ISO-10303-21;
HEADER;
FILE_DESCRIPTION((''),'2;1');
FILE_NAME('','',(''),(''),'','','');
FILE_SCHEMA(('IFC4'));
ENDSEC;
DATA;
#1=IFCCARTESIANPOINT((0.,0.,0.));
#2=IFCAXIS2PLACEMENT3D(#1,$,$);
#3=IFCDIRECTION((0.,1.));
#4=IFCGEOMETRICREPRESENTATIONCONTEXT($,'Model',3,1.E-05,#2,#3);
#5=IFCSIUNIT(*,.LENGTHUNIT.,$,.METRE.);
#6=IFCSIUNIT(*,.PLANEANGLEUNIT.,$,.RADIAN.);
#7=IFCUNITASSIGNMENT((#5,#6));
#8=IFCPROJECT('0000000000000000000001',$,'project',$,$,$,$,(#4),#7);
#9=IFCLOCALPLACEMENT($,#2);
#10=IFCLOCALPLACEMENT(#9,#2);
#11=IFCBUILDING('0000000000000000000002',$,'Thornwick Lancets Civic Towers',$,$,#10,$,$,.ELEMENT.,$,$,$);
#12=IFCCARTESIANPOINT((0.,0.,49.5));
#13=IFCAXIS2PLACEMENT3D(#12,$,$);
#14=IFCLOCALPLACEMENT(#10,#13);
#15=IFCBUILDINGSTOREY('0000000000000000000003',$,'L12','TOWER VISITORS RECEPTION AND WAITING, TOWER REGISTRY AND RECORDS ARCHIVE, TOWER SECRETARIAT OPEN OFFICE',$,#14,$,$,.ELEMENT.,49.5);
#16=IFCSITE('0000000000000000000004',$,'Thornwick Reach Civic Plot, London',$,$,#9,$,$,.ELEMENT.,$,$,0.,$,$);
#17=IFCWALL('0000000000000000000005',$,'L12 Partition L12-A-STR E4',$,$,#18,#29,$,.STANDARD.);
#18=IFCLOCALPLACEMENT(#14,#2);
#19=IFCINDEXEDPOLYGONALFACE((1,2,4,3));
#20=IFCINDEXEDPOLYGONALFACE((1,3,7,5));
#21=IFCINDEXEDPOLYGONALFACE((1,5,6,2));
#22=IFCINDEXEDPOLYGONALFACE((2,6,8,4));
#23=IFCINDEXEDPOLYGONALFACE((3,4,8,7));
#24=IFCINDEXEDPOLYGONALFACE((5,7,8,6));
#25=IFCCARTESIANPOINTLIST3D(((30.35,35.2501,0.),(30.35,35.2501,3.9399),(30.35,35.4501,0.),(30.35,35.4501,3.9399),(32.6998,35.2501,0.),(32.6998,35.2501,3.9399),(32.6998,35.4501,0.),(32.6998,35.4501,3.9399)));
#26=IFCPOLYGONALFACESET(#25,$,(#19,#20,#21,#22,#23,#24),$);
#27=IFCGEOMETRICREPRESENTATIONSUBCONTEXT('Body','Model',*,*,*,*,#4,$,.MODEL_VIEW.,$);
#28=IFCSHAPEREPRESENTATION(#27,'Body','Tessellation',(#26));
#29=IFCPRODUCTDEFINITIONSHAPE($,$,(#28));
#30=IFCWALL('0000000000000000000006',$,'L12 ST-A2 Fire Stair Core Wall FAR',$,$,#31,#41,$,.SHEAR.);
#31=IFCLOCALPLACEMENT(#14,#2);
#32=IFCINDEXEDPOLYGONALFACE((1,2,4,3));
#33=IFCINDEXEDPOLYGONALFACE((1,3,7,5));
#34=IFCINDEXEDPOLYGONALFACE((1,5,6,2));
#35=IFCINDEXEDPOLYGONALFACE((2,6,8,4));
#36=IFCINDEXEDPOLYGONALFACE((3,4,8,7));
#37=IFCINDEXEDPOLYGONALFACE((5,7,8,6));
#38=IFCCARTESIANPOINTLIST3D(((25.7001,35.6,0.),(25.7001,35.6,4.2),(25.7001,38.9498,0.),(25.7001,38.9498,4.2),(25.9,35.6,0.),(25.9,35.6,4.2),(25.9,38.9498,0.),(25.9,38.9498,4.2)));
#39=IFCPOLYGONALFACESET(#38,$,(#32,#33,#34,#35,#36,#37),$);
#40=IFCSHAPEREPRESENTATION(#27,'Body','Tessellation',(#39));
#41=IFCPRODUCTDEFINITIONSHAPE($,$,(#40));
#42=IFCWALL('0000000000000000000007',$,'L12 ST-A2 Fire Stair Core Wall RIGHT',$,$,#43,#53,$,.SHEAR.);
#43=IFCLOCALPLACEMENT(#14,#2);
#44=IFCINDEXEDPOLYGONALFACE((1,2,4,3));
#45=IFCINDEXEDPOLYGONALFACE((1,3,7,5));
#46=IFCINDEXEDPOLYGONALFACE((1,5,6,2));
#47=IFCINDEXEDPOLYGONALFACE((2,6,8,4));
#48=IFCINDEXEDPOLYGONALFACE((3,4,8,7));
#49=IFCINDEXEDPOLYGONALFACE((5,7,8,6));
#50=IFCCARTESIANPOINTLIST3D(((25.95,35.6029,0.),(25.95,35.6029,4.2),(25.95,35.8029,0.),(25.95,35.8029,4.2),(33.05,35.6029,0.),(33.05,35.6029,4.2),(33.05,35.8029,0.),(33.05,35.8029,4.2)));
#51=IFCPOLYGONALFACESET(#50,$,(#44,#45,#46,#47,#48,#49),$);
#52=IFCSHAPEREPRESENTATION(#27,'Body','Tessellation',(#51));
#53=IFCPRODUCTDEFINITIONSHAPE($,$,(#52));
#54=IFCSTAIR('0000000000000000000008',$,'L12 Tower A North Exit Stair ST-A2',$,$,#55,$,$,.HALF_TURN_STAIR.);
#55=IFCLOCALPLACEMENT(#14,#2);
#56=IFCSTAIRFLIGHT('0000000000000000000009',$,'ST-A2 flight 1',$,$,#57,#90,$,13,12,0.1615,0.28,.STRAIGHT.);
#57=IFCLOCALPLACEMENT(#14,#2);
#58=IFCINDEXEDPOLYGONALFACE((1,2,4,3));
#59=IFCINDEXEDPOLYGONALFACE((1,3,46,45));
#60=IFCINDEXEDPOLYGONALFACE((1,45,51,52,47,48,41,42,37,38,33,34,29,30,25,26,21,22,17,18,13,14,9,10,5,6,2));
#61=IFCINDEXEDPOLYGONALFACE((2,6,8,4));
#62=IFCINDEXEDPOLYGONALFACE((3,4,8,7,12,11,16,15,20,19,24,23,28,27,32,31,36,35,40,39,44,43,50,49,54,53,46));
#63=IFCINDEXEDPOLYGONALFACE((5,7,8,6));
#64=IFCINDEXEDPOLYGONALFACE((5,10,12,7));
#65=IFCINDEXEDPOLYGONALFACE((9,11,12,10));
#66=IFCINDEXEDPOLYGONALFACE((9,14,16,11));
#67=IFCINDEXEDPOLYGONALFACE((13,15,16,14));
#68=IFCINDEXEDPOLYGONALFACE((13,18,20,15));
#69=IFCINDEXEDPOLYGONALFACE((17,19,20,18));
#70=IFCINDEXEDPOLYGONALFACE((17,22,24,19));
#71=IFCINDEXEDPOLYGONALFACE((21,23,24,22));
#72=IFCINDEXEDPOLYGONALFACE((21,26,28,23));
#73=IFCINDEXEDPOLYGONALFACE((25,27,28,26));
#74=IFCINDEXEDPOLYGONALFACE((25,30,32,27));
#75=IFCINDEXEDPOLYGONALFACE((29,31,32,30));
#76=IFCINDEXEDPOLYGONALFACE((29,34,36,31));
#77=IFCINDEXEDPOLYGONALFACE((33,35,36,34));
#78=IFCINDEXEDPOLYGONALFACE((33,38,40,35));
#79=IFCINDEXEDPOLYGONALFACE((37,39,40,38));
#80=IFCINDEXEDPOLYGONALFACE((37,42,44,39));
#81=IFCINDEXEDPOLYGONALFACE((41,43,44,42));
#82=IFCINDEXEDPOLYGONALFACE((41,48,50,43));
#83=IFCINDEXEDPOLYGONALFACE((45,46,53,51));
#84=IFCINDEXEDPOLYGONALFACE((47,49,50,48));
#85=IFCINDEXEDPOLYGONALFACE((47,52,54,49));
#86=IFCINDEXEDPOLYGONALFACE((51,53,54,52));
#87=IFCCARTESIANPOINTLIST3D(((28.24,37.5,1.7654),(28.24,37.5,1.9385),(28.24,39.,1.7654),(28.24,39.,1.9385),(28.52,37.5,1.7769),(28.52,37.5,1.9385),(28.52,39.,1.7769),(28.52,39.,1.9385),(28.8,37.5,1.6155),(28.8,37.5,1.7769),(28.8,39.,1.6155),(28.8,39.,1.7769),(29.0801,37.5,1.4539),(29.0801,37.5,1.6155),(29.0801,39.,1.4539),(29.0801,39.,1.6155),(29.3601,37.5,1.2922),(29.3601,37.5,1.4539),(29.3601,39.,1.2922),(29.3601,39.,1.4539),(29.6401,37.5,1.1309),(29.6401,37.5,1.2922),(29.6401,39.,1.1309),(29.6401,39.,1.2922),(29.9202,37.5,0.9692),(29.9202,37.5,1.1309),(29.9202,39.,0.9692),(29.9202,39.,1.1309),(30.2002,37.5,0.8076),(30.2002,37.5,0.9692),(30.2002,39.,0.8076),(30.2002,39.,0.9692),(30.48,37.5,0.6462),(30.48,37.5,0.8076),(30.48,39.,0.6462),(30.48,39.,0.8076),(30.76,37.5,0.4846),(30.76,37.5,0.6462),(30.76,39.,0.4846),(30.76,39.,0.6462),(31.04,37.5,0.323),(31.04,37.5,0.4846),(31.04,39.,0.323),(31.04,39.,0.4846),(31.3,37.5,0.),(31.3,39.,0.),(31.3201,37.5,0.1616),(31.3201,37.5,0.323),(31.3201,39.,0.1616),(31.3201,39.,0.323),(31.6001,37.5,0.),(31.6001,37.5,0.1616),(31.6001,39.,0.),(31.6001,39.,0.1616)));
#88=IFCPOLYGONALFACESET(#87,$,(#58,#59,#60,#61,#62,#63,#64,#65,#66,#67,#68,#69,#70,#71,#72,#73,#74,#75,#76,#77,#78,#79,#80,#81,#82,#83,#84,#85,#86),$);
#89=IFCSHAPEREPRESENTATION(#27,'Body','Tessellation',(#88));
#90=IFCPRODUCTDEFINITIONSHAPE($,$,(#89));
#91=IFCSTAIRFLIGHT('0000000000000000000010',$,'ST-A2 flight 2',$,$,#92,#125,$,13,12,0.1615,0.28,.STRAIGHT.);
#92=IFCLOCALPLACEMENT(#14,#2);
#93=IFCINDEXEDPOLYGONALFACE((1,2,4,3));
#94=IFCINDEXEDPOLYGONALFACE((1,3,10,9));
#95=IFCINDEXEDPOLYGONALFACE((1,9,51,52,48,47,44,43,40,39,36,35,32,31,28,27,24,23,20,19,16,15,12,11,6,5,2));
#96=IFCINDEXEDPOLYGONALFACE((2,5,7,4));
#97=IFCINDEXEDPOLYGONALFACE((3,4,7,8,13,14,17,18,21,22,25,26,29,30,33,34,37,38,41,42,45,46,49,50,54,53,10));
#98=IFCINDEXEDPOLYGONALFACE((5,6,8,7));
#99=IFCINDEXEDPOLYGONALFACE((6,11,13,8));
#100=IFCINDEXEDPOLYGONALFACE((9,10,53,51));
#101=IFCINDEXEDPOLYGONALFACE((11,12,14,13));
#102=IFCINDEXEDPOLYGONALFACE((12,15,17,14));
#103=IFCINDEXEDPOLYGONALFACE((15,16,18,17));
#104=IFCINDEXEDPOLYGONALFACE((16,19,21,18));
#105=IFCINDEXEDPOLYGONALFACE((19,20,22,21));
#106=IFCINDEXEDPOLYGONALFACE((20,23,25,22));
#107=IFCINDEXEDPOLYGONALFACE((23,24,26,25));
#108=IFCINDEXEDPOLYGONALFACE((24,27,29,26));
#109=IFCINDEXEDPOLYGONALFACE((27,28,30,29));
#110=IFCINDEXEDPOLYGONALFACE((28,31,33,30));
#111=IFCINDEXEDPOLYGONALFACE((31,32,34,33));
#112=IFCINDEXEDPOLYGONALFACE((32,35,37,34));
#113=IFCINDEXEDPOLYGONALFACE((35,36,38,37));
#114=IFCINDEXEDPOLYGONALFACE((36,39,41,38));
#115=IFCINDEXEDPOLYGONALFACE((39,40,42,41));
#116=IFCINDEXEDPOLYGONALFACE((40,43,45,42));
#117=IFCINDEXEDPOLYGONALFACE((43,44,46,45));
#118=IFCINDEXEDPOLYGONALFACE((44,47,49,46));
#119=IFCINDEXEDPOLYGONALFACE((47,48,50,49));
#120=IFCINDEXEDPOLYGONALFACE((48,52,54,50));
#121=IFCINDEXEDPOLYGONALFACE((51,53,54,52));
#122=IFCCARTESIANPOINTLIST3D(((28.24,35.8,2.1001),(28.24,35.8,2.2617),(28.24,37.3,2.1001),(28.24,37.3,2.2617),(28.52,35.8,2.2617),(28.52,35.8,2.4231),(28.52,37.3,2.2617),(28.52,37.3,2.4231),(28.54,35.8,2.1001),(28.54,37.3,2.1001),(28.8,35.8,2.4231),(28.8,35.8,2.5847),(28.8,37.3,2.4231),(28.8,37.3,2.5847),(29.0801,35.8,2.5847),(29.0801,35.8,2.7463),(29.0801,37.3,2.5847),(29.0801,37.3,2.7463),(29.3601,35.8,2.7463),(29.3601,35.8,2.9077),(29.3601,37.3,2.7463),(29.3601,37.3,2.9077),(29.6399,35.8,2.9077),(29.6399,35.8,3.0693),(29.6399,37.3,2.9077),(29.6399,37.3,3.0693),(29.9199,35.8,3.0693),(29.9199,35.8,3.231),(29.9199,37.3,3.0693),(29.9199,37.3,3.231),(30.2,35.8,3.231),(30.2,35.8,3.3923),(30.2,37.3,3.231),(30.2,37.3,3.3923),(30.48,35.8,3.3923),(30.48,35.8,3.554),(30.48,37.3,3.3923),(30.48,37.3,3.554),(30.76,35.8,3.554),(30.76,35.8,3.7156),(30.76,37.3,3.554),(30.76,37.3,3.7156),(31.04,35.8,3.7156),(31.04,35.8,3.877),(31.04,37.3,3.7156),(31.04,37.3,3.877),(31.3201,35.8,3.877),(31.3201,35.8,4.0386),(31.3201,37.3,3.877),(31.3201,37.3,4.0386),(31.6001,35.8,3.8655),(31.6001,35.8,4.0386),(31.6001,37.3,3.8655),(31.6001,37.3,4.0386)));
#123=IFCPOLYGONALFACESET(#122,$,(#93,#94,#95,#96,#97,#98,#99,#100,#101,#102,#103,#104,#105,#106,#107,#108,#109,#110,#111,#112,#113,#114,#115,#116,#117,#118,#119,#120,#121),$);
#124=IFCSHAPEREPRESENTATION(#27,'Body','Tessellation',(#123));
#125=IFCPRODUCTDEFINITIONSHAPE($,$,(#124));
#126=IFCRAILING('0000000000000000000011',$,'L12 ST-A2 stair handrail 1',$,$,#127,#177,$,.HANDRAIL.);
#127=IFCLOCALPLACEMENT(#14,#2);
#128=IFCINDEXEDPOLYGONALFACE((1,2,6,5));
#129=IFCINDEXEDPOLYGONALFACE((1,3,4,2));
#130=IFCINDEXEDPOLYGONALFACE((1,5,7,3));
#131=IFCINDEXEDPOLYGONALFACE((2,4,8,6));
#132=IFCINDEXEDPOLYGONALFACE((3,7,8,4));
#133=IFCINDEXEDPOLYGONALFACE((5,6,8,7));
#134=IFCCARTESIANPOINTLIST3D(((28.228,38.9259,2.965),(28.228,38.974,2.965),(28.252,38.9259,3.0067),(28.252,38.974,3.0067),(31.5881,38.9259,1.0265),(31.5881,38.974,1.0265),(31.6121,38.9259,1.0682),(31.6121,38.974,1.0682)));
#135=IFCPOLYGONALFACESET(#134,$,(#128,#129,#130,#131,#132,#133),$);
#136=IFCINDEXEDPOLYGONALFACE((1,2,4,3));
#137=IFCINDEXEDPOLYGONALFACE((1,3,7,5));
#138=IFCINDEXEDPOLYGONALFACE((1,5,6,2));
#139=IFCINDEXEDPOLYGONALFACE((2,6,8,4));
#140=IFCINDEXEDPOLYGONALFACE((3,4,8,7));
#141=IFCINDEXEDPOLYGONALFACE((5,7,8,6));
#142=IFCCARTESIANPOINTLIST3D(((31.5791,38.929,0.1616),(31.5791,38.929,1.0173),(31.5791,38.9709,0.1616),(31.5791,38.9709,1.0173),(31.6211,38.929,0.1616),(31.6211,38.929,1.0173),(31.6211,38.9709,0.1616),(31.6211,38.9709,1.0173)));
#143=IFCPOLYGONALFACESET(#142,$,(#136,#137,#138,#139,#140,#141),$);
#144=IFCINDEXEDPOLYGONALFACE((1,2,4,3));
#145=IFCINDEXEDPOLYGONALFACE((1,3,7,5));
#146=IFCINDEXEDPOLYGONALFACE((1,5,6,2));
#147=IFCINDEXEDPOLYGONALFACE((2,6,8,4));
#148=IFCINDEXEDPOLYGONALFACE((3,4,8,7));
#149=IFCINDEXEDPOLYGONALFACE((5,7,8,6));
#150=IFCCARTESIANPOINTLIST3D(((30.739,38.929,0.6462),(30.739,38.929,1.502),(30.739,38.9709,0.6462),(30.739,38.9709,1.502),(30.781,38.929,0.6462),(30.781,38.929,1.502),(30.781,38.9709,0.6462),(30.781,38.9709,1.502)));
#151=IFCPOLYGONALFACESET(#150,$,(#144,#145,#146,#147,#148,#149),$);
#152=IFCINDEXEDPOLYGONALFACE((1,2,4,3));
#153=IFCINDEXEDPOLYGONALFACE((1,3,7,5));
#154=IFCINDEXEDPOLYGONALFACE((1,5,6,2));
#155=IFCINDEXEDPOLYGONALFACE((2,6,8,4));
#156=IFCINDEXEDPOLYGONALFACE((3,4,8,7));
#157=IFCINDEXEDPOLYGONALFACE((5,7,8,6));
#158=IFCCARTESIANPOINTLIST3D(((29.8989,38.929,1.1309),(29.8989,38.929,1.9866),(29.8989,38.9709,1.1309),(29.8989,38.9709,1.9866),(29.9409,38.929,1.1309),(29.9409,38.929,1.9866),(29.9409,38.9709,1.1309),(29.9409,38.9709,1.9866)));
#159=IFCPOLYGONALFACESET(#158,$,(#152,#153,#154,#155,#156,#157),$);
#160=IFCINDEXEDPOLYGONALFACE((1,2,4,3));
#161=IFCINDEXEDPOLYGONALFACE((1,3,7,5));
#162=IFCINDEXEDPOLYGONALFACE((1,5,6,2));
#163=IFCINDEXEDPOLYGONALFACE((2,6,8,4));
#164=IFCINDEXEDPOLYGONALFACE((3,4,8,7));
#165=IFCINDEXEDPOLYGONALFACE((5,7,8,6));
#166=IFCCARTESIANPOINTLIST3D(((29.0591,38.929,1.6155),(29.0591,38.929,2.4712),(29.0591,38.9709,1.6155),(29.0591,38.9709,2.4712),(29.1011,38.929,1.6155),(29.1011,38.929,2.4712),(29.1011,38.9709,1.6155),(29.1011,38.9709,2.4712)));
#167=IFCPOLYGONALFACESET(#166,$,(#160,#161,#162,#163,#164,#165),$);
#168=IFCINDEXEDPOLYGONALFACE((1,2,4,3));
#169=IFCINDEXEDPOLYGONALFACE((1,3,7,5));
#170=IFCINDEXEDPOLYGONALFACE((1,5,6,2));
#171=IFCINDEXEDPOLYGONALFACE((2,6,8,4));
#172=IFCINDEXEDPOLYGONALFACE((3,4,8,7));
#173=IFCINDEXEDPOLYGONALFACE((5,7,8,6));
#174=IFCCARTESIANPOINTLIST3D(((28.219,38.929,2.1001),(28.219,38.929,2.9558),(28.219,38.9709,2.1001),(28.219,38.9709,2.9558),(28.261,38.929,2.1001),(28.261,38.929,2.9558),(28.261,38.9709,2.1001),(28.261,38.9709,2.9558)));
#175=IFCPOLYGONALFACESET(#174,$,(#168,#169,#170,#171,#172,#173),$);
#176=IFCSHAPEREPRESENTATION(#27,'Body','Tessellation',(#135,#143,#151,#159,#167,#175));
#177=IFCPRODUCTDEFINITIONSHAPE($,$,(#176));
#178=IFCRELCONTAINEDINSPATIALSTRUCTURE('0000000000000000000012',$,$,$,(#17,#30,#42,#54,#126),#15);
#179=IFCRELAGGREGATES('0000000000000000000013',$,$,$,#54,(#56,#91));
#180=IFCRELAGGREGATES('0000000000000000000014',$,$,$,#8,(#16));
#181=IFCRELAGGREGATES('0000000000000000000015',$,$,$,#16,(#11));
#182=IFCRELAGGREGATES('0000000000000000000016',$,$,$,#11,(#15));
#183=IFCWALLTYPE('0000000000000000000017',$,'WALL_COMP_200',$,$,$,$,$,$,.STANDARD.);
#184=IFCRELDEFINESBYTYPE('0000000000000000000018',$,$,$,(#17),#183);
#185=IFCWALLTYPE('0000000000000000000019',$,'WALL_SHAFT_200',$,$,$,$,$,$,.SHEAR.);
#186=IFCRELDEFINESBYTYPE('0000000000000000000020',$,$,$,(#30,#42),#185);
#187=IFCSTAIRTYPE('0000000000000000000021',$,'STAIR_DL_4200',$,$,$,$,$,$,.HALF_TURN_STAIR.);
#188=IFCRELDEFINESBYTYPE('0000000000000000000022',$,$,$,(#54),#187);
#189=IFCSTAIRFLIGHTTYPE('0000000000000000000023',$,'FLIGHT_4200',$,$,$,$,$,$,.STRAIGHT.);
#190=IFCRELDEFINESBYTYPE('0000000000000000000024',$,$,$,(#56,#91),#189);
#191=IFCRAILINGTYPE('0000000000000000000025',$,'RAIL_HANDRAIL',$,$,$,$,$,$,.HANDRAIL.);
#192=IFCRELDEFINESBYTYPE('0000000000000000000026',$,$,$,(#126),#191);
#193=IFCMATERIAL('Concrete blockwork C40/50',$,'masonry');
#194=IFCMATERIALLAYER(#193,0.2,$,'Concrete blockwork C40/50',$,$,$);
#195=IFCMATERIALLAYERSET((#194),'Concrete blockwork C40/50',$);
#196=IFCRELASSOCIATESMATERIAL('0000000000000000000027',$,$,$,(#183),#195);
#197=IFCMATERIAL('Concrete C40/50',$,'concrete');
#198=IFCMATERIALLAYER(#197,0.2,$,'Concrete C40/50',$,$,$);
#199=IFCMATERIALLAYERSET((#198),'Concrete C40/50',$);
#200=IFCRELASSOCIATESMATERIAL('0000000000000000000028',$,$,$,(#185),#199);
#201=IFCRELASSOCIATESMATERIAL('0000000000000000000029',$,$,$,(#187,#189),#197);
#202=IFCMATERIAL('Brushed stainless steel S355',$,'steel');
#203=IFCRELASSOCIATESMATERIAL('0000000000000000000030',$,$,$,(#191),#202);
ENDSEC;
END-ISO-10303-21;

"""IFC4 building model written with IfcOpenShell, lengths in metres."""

from ifc_helpers import new_model, si_unit, direction, frame, frame_2d, origin, origin_2d, place, context, subcontext, project, spatial, polyline, rectangle, outline, extrude, material, layer, layer_set, type_object, element, aggregate, save


model = new_model("IFC4")

# Units and contexts
model_context = context("Model", 3, precision=1e-05, world=origin(), true_north=direction((0.0, 1.0)))
body_context = subcontext(model_context, "Body", "Model", "MODEL_VIEW")
ifc_project = project(units=[si_unit("LENGTHUNIT", "METRE"), si_unit("PLANEANGLEUNIT", "RADIAN")], contexts=[model_context])

# Site, building, storey
site_placement = place(None, origin())
site = spatial("IfcSite", under=ifc_project, at=site_placement, Name="Thornwick Reach Civic Plot, London", CompositionType="ELEMENT", RefElevation=0.0)
building_placement = place(site_placement, origin())
building = spatial("IfcBuilding", under=site, at=building_placement, Name="Thornwick Lancets Civic Towers", CompositionType="ELEMENT")
storey_placement = place(building_placement, frame((0.0, 0.0, 49.5)))
storey = spatial("IfcBuildingStorey", under=building, at=storey_placement, Name="L12", Description="TOWER VISITORS RECEPTION AND WAITING, TOWER REGISTRY AND RECORDS ARCHIVE, TOWER SECRETARIAT OPEN OFFICE", CompositionType="ELEMENT", Elevation=49.5)

# Shared definitions
ifc_material_1 = material(Name="Concrete C40/50", Category="concrete")

# Shared definitions
ifc_material_2 = material(Name="Concrete blockwork C40/50", Category="masonry")
ifc_layer_1 = layer(ifc_material_2, 0.2, Name="Concrete blockwork C40/50")
ifc_layer_set_1 = layer_set([ifc_layer_1], Name="Concrete blockwork C40/50")
wall_type_1 = type_object("IfcWallType", Name="WALL_COMP_200", PredefinedType="STANDARD", material=ifc_layer_set_1)

# Walls
wall_1_placement = place(storey_placement, frame((30.3501, 35.3501, 0.0), z_axis=(0.0, 0.0, 1.0), x_axis=(1.0, 0.0, 0.0)))
element("IfcWall", 1, at=wall_1_placement, inside=storey, type_object=wall_type_1, Name="L12 Partition L12-A-STR E4", PredefinedType="STANDARD", context=body_context, shape_type="SweptSolid", body=[
    extrude(rectangle(XDim=2.3499, YDim=0.2, at=frame_2d((1.1748, 0.0))), origin(), (0.0, 0.0, 1.0), 3.9399),
])
ifc_layer_2 = layer(ifc_material_1, 0.2, Name="Concrete C40/50")
ifc_layer_set_2 = layer_set([ifc_layer_2], Name="Concrete C40/50")
wall_type_2 = type_object("IfcWallType", Name="WALL_SHAFT_200", PredefinedType="SHEAR", material=ifc_layer_set_2)
wall_2_placement = place(storey_placement, frame((25.8, 35.6001, 0.0), z_axis=(0.0, 0.0, 1.0), x_axis=(0.0, 1.0, 0.0)))
element("IfcWall", 2, at=wall_2_placement, inside=storey, type_object=wall_type_2, Name="L12 ST-A2 Fire Stair Core Wall FAR", PredefinedType="SHEAR", context=body_context, shape_type="SweptSolid", body=[
    extrude(rectangle(XDim=3.3499, YDim=0.2, at=frame_2d((1.6748, 0.0))), origin(), (0.0, 0.0, 1.0), 4.2),
])
wall_3_placement = place(storey_placement, frame((25.95, 35.7029, 0.0), z_axis=(0.0, 0.0, 1.0), x_axis=(1.0, 0.0, 0.0)))
element("IfcWall", 3, at=wall_3_placement, inside=storey, type_object=wall_type_2, Name="L12 ST-A2 Fire Stair Core Wall RIGHT", PredefinedType="SHEAR", context=body_context, shape_type="SweptSolid", body=[
    extrude(rectangle(XDim=7.1001, YDim=0.2, at=frame_2d((3.55, 0.0))), origin(), (0.0, 0.0, 1.0), 4.2),
])

# Stair, stair flights
stair_type = type_object("IfcStairType", Name="STAIR_DL_4200", PredefinedType="HALF_TURN_STAIR", material=ifc_material_1)
stair_placement = place(storey_placement, origin())
stair = element("IfcStair", 4, at=stair_placement, inside=storey, type_object=stair_type, Name="L12 Tower A North Exit Stair ST-A2", PredefinedType="HALF_TURN_STAIR")
stair_flight_type = type_object("IfcStairFlightType", Name="FLIGHT_4200", PredefinedType="STRAIGHT", material=ifc_material_1)
stair_flight_1_placement = place(storey_placement, frame((31.6001, 38.25, 0.0), z_axis=(0.0, 0.0, 1.0), x_axis=(-1.0, 0.0, 0.0)))
stair_flight_1 = element("IfcStairFlight", 5, at=stair_flight_1_placement, type_object=stair_flight_type, Name="ST-A2 flight 1", NumberOfRisers=13, NumberOfTreads=12, PredefinedType="STRAIGHT", RiserHeight=0.1615, TreadLength=0.28, context=body_context, shape_type="SweptSolid", body=[
    extrude(outline(polyline([(0.0, 0.0), (0.0, 0.1616), (0.28, 0.1616), (0.28, 0.323), (0.5601, 0.323), (0.5601, 0.4846), (0.8401, 0.4846), (0.8401, 0.6462), (1.1201, 0.6462), (1.1201, 0.8076), (1.3999, 0.8076), (1.3999, 0.9692), (1.6799, 0.9692), (1.6799, 1.1309), (1.96, 1.1309), (1.96, 1.2922), (2.24, 1.2922), (2.24, 1.4539), (2.52, 1.4539), (2.52, 1.6155), (2.8, 1.6155), (2.8, 1.7769), (3.0801, 1.7769), (3.0801, 1.9385), (3.3601, 1.9385), (3.3601, 2.1001), (3.3601, 1.7654), (0.3, 0.0), (0.0, 0.0)])), frame((0.0, 0.75, 0.0), z_axis=(0.0, -1.0, 0.0), x_axis=(1.0, 0.0, 0.0)), (0.0, 0.0, 1.0), 1.5),
])
stair_flight_2_placement = place(storey_placement, frame((28.24, 36.55, 2.1001), z_axis=(0.0, 0.0, 1.0), x_axis=(1.0, 0.0, 0.0)))
stair_flight_2 = element("IfcStairFlight", 6, at=stair_flight_2_placement, type_object=stair_flight_type, Name="ST-A2 flight 2", NumberOfRisers=13, NumberOfTreads=12, PredefinedType="STRAIGHT", RiserHeight=0.1615, TreadLength=0.28, context=body_context, shape_type="SweptSolid", body=[
    extrude(outline(polyline([(0.0, 0.0), (0.0, 0.1616), (0.28, 0.1616), (0.28, 0.323), (0.5601, 0.323), (0.5601, 0.4846), (0.8401, 0.4846), (0.8401, 0.6462), (1.1201, 0.6462), (1.1201, 0.8076), (1.3999, 0.8076), (1.3999, 0.9692), (1.6799, 0.9692), (1.6799, 1.1309), (1.96, 1.1309), (1.96, 1.2922), (2.24, 1.2922), (2.24, 1.4539), (2.52, 1.4539), (2.52, 1.6155), (2.8, 1.6155), (2.8, 1.7769), (3.0801, 1.7769), (3.0801, 1.9385), (3.3601, 1.9385), (3.3601, 2.1001), (3.3601, 1.7654), (0.3, 0.0), (0.0, 0.0)])), frame((0.0, 0.75, 0.0), z_axis=(0.0, -1.0, 0.0), x_axis=(1.0, 0.0, 0.0)), (0.0, 0.0, 1.0), 1.5),
])
aggregate(stair, [stair_flight_1, stair_flight_2])

# Railing
ifc_material_3 = material(Name="Brushed stainless steel S355", Category="steel")
railing_type_1 = type_object("IfcRailingType", Name="RAIL_HANDRAIL", PredefinedType="HANDRAIL", material=ifc_material_3)
railing_1_placement = place(storey_placement, frame((31.6001, 38.95, 0.1616)))
element("IfcRailing", 7, at=railing_1_placement, inside=storey, type_object=railing_type_1, Name="L12 ST-A2 stair handrail 1", PredefinedType="HANDRAIL", context=body_context, shape_type="SweptSolid", body=[
    extrude(rectangle(XDim=0.0481, YDim=0.0481, at=origin_2d()), frame((0.0, 0.0, 0.8857), z_axis=(-0.866191, 0.0, 0.499713), x_axis=(0.0, -1.0, 0.0)), (0.0, 0.0, 1.0), 3.8792),
    extrude(rectangle(XDim=0.042, YDim=0.042, at=origin_2d()), origin(), (0.0, 0.0, 1.0), 0.8557),
    extrude(rectangle(XDim=0.042, YDim=0.042, at=origin_2d()), frame((-0.8401, 0.0, 0.4846)), (0.0, 0.0, 1.0), 0.8557),
    extrude(rectangle(XDim=0.042, YDim=0.042, at=origin_2d()), frame((-1.6802, 0.0, 0.9692)), (0.0, 0.0, 1.0), 0.8557),
    extrude(rectangle(XDim=0.042, YDim=0.042, at=origin_2d()), frame((-2.52, 0.0, 1.4539)), (0.0, 0.0, 1.0), 0.8557),
    extrude(rectangle(XDim=0.042, YDim=0.042, at=origin_2d()), frame((-3.3601, 0.0, 1.9385)), (0.0, 0.0, 1.0), 0.8557),
])

save(model, "model.ifc")
